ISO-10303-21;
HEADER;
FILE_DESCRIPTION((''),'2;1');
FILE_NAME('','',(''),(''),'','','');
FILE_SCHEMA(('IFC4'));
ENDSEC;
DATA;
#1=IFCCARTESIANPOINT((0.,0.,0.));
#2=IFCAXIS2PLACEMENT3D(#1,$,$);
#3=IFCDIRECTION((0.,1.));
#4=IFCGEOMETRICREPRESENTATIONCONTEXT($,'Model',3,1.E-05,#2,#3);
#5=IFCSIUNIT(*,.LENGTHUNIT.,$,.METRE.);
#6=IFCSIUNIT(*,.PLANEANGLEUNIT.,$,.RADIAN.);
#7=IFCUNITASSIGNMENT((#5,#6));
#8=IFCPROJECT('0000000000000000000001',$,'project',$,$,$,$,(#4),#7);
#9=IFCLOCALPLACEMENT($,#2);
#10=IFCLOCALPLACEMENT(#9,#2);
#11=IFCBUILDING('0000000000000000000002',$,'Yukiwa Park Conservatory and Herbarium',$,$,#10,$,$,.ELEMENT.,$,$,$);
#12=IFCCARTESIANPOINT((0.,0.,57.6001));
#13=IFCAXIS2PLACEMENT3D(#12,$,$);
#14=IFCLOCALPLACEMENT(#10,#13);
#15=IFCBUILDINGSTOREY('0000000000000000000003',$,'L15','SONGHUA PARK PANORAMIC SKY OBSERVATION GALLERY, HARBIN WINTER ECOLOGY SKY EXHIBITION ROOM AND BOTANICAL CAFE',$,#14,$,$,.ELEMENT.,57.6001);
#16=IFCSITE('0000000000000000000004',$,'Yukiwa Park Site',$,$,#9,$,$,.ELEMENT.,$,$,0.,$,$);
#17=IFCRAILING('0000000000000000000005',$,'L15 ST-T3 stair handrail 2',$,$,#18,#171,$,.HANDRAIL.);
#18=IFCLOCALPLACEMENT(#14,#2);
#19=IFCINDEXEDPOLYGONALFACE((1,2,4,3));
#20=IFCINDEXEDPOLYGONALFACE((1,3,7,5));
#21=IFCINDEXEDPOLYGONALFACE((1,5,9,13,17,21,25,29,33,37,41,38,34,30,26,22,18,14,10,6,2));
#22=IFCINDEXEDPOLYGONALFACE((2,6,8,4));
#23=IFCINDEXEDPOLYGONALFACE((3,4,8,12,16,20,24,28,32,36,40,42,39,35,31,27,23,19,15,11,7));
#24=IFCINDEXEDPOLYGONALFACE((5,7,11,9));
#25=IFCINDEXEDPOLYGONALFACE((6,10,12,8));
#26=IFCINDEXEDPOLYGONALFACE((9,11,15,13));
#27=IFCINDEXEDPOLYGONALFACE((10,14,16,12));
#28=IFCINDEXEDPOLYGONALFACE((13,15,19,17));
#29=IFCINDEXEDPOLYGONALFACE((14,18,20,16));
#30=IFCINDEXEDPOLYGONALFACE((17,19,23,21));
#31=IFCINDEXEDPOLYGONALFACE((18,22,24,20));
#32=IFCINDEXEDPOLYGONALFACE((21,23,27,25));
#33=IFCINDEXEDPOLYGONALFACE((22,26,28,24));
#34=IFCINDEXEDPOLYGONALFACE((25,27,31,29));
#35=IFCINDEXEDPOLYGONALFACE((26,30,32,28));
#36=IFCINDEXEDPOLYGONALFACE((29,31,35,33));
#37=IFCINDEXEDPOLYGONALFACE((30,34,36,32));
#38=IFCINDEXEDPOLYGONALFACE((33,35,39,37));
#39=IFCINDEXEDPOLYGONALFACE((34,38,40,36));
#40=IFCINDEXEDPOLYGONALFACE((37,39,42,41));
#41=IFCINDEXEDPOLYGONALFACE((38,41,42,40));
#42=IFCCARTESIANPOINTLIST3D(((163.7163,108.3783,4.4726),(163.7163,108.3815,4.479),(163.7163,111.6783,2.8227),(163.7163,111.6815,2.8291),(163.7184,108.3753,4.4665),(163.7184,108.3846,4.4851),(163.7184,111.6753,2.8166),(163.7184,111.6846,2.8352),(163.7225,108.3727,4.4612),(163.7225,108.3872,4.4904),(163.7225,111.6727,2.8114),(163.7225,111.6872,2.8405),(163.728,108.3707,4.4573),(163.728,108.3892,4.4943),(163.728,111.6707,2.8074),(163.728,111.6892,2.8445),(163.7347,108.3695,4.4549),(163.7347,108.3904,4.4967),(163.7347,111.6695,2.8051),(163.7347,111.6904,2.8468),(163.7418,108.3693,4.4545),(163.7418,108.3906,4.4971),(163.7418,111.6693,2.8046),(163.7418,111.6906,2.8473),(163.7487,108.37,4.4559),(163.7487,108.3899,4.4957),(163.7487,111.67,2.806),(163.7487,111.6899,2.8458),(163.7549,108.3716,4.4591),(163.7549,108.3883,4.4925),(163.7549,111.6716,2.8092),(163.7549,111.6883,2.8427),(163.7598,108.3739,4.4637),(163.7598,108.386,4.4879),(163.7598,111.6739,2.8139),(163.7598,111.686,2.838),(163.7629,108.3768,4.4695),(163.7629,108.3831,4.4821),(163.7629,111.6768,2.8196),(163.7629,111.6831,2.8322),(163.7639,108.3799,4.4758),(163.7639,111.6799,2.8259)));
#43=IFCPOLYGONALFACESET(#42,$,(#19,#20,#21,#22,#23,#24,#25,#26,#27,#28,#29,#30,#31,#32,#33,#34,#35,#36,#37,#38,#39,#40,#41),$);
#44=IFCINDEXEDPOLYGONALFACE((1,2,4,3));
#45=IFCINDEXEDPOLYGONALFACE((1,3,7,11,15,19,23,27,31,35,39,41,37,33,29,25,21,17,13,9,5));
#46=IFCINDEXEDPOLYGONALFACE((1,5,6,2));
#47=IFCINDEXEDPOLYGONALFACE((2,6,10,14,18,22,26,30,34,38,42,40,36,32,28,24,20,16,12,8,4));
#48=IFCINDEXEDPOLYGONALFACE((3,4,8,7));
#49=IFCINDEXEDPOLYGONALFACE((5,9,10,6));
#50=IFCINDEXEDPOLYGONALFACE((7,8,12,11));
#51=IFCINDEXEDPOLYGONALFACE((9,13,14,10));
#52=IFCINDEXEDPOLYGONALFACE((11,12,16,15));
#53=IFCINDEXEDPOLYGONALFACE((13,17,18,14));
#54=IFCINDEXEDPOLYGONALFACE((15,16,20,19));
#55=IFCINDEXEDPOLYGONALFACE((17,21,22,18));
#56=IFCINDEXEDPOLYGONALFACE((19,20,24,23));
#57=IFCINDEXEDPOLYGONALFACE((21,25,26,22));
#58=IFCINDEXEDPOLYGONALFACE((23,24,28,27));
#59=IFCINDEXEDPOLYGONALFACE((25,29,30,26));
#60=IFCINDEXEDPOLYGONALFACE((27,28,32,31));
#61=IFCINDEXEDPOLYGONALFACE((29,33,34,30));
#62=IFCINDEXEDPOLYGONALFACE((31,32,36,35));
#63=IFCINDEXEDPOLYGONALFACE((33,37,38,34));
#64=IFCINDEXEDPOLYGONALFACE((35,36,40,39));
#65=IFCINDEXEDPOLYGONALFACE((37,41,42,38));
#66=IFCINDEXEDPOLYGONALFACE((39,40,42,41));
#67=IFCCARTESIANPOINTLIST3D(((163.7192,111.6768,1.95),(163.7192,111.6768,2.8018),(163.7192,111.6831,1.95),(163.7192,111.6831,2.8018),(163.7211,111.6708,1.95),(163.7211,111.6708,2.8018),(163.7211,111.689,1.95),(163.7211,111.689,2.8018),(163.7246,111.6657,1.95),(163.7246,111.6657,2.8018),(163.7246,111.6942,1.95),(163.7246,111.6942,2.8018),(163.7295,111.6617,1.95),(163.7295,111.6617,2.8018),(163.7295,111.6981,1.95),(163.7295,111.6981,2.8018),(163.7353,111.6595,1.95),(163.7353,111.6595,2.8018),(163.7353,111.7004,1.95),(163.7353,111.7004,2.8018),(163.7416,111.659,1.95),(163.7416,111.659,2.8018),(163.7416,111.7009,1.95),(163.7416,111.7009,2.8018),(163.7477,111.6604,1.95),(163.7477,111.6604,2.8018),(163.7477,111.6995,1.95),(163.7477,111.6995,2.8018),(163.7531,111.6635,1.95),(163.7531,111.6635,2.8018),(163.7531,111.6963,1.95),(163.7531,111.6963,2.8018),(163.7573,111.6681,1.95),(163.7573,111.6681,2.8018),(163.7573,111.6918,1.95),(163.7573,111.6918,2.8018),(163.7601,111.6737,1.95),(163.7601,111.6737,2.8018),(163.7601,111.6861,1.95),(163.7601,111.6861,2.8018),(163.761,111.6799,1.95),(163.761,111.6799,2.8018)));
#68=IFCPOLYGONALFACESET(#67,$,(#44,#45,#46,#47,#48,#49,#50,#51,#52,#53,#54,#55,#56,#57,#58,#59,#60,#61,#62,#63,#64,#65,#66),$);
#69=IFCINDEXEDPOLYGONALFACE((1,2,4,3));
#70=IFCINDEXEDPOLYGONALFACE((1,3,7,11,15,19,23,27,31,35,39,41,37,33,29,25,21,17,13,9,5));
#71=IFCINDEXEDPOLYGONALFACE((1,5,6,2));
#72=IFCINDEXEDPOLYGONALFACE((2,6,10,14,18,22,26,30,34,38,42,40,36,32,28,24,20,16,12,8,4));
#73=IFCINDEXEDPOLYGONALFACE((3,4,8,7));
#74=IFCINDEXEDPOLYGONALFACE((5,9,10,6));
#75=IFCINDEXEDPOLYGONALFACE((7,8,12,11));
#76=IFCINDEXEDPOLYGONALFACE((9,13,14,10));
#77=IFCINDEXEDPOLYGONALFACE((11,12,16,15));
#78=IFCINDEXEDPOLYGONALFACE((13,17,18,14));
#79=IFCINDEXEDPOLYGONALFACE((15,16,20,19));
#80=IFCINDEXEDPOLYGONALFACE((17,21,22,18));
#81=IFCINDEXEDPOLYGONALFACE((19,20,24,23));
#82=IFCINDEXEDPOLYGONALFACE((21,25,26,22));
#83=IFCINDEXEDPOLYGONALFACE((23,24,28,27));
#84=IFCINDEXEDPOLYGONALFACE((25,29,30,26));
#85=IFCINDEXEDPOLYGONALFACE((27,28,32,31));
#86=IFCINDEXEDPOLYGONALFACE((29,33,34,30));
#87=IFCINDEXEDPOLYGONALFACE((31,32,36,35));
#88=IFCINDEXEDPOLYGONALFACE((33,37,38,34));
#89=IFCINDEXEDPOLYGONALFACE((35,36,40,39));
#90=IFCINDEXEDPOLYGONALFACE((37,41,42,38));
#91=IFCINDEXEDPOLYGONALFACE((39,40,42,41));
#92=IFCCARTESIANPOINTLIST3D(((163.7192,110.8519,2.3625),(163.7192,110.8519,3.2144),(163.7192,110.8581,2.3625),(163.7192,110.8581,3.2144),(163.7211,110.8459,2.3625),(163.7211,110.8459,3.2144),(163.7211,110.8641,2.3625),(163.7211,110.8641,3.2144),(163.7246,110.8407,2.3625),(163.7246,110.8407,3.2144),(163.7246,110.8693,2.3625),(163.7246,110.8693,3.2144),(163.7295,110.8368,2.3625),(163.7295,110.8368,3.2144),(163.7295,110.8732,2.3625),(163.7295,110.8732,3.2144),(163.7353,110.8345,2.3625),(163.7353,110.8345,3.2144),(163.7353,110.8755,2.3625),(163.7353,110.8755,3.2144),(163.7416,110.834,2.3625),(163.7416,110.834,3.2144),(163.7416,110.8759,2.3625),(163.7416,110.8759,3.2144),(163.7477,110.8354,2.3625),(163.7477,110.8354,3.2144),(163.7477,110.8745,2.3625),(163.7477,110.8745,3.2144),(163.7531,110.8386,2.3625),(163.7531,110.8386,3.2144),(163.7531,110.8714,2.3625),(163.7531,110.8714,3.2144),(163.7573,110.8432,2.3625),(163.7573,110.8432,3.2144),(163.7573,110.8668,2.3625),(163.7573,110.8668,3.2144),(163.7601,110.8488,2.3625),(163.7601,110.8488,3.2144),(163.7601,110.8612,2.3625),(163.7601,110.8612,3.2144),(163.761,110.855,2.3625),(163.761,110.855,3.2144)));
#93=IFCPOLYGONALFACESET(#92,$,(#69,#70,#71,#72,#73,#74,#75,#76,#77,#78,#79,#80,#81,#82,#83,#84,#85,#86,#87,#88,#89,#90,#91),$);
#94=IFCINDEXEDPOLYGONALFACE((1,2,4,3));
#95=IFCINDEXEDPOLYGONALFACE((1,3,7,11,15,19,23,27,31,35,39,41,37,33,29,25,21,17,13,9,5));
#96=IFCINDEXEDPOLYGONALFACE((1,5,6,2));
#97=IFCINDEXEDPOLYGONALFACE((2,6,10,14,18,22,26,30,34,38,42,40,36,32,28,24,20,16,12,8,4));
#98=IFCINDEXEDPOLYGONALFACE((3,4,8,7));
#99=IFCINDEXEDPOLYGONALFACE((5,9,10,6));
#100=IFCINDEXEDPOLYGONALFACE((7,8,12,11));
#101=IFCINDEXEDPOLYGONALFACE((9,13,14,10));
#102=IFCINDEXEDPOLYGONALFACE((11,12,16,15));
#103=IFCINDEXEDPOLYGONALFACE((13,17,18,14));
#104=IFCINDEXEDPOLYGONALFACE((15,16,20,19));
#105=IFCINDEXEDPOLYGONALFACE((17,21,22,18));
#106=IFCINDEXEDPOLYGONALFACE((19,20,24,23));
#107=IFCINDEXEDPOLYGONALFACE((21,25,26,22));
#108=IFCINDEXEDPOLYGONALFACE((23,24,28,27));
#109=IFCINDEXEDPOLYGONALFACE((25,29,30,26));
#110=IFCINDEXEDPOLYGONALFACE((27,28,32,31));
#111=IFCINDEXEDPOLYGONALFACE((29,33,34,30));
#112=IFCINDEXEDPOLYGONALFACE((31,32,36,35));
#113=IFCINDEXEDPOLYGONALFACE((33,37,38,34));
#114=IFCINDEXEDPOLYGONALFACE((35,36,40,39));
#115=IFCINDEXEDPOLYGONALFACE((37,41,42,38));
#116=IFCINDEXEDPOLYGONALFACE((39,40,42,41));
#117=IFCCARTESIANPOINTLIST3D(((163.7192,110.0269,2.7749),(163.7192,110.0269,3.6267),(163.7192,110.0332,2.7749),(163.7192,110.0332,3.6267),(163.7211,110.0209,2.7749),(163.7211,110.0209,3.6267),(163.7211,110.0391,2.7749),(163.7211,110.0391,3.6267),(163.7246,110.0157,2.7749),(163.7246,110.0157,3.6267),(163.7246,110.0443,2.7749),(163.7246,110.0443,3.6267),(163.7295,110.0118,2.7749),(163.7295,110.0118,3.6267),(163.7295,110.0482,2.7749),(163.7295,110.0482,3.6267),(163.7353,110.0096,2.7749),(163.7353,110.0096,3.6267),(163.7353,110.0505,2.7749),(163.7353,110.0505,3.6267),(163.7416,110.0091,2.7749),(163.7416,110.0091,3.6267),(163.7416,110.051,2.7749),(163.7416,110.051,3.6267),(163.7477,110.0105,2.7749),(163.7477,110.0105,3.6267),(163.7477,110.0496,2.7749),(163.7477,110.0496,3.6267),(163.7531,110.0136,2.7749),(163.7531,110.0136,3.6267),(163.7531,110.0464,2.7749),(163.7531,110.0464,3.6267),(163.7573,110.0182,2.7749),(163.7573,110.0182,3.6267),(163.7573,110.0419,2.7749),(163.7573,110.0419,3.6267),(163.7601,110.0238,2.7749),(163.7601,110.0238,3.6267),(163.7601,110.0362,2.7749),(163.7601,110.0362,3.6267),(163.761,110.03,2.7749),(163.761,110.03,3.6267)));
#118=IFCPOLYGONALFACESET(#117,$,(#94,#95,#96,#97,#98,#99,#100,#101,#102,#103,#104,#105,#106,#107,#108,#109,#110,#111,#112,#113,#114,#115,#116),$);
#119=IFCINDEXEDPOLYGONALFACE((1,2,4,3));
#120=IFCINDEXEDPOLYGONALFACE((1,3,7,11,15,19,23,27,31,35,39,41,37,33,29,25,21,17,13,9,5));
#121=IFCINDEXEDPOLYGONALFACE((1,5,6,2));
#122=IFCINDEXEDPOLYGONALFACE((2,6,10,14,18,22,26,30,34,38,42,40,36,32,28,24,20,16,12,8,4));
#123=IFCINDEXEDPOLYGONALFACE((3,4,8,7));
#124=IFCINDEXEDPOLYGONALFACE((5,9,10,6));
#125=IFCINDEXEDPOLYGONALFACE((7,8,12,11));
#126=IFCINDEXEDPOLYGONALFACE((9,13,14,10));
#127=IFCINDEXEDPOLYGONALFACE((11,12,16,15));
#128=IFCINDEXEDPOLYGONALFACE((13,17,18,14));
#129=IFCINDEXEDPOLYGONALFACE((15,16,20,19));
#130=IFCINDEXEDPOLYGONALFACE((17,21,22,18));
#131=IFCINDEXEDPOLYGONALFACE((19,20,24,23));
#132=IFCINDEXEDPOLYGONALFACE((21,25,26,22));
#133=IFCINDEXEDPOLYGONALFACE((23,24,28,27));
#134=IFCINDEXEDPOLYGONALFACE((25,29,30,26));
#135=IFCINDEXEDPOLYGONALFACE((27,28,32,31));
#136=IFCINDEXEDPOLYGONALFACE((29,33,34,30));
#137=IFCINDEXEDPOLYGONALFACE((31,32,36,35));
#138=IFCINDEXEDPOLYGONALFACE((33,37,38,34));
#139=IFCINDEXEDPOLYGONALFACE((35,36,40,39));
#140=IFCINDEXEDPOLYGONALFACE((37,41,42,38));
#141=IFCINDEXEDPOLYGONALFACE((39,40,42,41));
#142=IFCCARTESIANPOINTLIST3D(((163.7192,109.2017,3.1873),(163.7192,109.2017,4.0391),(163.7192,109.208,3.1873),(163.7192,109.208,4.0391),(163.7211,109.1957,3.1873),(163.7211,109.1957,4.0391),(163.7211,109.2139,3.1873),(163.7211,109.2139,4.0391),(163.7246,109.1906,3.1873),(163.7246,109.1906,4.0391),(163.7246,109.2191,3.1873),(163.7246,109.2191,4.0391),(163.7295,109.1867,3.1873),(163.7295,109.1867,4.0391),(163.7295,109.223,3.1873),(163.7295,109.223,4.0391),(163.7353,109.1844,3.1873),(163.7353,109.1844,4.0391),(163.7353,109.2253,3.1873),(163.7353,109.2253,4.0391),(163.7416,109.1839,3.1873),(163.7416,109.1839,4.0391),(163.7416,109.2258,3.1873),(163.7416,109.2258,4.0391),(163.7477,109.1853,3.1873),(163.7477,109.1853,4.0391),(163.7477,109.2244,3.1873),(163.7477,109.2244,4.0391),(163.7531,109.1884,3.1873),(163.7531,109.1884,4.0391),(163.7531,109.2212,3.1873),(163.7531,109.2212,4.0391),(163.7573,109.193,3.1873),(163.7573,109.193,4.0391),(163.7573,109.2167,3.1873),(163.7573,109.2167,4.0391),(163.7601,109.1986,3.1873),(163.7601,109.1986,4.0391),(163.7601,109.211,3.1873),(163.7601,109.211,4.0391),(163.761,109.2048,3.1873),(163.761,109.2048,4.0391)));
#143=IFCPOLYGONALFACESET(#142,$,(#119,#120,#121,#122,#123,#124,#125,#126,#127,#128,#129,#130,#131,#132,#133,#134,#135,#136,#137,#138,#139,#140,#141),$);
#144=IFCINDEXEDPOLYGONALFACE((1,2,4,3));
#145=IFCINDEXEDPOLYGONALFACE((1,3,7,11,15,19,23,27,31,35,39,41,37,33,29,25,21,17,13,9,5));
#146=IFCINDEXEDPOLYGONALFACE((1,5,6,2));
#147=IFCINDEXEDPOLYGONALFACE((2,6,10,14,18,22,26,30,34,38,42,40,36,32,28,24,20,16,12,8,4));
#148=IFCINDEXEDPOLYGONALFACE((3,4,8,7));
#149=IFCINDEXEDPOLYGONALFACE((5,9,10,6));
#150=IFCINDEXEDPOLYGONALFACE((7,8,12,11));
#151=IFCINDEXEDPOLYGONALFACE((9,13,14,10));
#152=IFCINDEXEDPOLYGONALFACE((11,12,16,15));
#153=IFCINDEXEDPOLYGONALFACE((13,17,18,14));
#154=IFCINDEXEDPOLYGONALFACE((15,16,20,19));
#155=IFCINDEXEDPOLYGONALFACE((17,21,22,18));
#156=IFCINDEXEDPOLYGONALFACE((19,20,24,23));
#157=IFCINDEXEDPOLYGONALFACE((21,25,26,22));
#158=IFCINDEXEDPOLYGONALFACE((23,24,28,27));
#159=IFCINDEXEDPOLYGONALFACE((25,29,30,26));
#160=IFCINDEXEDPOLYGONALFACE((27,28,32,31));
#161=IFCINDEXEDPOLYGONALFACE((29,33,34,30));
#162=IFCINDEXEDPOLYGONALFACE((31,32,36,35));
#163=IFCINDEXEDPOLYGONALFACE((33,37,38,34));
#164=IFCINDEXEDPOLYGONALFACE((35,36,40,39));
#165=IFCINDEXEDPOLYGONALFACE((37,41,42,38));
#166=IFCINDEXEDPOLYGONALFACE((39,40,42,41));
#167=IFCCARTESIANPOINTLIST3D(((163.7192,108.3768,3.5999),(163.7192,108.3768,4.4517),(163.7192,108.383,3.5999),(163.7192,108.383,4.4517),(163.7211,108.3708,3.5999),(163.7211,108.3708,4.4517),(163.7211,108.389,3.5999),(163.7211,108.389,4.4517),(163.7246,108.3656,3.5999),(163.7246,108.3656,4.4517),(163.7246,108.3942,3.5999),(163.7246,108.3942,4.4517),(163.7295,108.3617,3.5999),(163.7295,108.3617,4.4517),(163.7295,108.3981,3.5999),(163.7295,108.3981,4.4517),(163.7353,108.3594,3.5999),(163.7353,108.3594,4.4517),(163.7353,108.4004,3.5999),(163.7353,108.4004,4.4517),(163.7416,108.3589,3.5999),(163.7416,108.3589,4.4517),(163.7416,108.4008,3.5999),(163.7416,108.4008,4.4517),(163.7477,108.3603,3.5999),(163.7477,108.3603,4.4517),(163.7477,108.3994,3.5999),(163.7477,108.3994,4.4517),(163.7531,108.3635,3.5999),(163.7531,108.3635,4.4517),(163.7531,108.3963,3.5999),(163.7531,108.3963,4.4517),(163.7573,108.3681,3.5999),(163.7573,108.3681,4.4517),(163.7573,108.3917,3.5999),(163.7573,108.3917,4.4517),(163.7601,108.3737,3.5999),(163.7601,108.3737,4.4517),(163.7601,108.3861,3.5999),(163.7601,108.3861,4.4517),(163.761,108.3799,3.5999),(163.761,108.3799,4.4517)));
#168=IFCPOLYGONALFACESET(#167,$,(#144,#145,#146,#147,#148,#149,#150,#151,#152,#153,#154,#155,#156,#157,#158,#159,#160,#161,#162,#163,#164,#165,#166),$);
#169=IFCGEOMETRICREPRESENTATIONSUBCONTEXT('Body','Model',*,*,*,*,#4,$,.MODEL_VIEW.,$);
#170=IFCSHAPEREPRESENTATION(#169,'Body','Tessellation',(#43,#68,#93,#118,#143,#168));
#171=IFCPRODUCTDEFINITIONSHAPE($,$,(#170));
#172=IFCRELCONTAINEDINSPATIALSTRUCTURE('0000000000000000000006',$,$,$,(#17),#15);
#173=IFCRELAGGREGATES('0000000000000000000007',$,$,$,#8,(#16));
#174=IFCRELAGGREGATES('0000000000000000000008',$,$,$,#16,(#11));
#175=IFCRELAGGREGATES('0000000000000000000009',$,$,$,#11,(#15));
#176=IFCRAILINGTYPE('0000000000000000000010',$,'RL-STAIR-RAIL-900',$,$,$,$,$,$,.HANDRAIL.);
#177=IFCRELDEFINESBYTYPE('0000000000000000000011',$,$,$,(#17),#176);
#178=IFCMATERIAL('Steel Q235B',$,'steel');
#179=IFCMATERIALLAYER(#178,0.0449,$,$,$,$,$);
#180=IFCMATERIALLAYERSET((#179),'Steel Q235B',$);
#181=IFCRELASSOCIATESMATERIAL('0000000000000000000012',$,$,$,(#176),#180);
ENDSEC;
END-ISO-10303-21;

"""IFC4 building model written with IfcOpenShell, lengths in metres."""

from ifc_helpers import new_model, si_unit, direction, frame, origin, origin_2d, place, context, subcontext, project, spatial, circle, extrude, material, layer, layer_set, type_object, element, save


model = new_model("IFC4")

# Units and contexts
model_context = context("Model", 3, precision=1e-05, world=origin(), true_north=direction((0.0, 1.0)))
body_context = subcontext(model_context, "Body", "Model", "MODEL_VIEW")
ifc_project = project(units=[si_unit("LENGTHUNIT", "METRE"), si_unit("PLANEANGLEUNIT", "RADIAN")], contexts=[model_context])

# Site, building, storey
site_placement = place(None, origin())
site = spatial("IfcSite", under=ifc_project, at=site_placement, Name="Yukiwa Park Site", CompositionType="ELEMENT", RefElevation=0.0)
building_placement = place(site_placement, origin())
building = spatial("IfcBuilding", under=site, at=building_placement, Name="Yukiwa Park Conservatory and Herbarium", CompositionType="ELEMENT")
storey_placement = place(building_placement, frame((0.0, 0.0, 57.6001)))
storey = spatial("IfcBuildingStorey", under=building, at=storey_placement, Name="L15", Description="SONGHUA PARK PANORAMIC SKY OBSERVATION GALLERY, HARBIN WINTER ECOLOGY SKY EXHIBITION ROOM AND BOTANICAL CAFE", CompositionType="ELEMENT", Elevation=57.6001)

# Railing
ifc_material_1 = material(Name="Steel Q235B", Category="steel")
ifc_layer_1 = layer(ifc_material_1, 0.0449)
ifc_layer_set_1 = layer_set([ifc_layer_1], Name="Steel Q235B")
railing_type_1 = type_object("IfcRailingType", Name="RL-STAIR-RAIL-900", PredefinedType="HANDRAIL", material=ifc_layer_set_1)
railing_1_placement = place(storey_placement, frame((163.74, 111.6799, 1.95)))
element("IfcRailing", 1, at=railing_1_placement, inside=storey, type_object=railing_type_1, Name="L15 ST-T3 stair handrail 2", PredefinedType="HANDRAIL", context=body_context, shape_type="SweptSolid", body=[
    extrude(circle(Radius=0.0239, at=origin_2d()), frame((0.0, 0.0, 0.876), z_axis=(0.0, -0.89444, 0.447187), x_axis=(1.0, 0.0, 0.0)), (0.0, 0.0, 1.0), 3.6895),
    extrude(circle(Radius=0.021, at=origin_2d()), origin(), (0.0, 0.0, 1.0), 0.8518),
    extrude(circle(Radius=0.021, at=origin_2d()), frame((0.0, -0.825, 0.4126)), (0.0, 0.0, 1.0), 0.8518),
    extrude(circle(Radius=0.021, at=origin_2d()), frame((0.0, -1.6499, 0.825)), (0.0, 0.0, 1.0), 0.8518),
    extrude(circle(Radius=0.021, at=origin_2d()), frame((0.0, -2.4751, 1.2373)), (0.0, 0.0, 1.0), 0.8518),
    extrude(circle(Radius=0.021, at=origin_2d()), frame((0.0, -3.3, 1.6499)), (0.0, 0.0, 1.0), 0.8518),
])

save(model, "model.ifc")
